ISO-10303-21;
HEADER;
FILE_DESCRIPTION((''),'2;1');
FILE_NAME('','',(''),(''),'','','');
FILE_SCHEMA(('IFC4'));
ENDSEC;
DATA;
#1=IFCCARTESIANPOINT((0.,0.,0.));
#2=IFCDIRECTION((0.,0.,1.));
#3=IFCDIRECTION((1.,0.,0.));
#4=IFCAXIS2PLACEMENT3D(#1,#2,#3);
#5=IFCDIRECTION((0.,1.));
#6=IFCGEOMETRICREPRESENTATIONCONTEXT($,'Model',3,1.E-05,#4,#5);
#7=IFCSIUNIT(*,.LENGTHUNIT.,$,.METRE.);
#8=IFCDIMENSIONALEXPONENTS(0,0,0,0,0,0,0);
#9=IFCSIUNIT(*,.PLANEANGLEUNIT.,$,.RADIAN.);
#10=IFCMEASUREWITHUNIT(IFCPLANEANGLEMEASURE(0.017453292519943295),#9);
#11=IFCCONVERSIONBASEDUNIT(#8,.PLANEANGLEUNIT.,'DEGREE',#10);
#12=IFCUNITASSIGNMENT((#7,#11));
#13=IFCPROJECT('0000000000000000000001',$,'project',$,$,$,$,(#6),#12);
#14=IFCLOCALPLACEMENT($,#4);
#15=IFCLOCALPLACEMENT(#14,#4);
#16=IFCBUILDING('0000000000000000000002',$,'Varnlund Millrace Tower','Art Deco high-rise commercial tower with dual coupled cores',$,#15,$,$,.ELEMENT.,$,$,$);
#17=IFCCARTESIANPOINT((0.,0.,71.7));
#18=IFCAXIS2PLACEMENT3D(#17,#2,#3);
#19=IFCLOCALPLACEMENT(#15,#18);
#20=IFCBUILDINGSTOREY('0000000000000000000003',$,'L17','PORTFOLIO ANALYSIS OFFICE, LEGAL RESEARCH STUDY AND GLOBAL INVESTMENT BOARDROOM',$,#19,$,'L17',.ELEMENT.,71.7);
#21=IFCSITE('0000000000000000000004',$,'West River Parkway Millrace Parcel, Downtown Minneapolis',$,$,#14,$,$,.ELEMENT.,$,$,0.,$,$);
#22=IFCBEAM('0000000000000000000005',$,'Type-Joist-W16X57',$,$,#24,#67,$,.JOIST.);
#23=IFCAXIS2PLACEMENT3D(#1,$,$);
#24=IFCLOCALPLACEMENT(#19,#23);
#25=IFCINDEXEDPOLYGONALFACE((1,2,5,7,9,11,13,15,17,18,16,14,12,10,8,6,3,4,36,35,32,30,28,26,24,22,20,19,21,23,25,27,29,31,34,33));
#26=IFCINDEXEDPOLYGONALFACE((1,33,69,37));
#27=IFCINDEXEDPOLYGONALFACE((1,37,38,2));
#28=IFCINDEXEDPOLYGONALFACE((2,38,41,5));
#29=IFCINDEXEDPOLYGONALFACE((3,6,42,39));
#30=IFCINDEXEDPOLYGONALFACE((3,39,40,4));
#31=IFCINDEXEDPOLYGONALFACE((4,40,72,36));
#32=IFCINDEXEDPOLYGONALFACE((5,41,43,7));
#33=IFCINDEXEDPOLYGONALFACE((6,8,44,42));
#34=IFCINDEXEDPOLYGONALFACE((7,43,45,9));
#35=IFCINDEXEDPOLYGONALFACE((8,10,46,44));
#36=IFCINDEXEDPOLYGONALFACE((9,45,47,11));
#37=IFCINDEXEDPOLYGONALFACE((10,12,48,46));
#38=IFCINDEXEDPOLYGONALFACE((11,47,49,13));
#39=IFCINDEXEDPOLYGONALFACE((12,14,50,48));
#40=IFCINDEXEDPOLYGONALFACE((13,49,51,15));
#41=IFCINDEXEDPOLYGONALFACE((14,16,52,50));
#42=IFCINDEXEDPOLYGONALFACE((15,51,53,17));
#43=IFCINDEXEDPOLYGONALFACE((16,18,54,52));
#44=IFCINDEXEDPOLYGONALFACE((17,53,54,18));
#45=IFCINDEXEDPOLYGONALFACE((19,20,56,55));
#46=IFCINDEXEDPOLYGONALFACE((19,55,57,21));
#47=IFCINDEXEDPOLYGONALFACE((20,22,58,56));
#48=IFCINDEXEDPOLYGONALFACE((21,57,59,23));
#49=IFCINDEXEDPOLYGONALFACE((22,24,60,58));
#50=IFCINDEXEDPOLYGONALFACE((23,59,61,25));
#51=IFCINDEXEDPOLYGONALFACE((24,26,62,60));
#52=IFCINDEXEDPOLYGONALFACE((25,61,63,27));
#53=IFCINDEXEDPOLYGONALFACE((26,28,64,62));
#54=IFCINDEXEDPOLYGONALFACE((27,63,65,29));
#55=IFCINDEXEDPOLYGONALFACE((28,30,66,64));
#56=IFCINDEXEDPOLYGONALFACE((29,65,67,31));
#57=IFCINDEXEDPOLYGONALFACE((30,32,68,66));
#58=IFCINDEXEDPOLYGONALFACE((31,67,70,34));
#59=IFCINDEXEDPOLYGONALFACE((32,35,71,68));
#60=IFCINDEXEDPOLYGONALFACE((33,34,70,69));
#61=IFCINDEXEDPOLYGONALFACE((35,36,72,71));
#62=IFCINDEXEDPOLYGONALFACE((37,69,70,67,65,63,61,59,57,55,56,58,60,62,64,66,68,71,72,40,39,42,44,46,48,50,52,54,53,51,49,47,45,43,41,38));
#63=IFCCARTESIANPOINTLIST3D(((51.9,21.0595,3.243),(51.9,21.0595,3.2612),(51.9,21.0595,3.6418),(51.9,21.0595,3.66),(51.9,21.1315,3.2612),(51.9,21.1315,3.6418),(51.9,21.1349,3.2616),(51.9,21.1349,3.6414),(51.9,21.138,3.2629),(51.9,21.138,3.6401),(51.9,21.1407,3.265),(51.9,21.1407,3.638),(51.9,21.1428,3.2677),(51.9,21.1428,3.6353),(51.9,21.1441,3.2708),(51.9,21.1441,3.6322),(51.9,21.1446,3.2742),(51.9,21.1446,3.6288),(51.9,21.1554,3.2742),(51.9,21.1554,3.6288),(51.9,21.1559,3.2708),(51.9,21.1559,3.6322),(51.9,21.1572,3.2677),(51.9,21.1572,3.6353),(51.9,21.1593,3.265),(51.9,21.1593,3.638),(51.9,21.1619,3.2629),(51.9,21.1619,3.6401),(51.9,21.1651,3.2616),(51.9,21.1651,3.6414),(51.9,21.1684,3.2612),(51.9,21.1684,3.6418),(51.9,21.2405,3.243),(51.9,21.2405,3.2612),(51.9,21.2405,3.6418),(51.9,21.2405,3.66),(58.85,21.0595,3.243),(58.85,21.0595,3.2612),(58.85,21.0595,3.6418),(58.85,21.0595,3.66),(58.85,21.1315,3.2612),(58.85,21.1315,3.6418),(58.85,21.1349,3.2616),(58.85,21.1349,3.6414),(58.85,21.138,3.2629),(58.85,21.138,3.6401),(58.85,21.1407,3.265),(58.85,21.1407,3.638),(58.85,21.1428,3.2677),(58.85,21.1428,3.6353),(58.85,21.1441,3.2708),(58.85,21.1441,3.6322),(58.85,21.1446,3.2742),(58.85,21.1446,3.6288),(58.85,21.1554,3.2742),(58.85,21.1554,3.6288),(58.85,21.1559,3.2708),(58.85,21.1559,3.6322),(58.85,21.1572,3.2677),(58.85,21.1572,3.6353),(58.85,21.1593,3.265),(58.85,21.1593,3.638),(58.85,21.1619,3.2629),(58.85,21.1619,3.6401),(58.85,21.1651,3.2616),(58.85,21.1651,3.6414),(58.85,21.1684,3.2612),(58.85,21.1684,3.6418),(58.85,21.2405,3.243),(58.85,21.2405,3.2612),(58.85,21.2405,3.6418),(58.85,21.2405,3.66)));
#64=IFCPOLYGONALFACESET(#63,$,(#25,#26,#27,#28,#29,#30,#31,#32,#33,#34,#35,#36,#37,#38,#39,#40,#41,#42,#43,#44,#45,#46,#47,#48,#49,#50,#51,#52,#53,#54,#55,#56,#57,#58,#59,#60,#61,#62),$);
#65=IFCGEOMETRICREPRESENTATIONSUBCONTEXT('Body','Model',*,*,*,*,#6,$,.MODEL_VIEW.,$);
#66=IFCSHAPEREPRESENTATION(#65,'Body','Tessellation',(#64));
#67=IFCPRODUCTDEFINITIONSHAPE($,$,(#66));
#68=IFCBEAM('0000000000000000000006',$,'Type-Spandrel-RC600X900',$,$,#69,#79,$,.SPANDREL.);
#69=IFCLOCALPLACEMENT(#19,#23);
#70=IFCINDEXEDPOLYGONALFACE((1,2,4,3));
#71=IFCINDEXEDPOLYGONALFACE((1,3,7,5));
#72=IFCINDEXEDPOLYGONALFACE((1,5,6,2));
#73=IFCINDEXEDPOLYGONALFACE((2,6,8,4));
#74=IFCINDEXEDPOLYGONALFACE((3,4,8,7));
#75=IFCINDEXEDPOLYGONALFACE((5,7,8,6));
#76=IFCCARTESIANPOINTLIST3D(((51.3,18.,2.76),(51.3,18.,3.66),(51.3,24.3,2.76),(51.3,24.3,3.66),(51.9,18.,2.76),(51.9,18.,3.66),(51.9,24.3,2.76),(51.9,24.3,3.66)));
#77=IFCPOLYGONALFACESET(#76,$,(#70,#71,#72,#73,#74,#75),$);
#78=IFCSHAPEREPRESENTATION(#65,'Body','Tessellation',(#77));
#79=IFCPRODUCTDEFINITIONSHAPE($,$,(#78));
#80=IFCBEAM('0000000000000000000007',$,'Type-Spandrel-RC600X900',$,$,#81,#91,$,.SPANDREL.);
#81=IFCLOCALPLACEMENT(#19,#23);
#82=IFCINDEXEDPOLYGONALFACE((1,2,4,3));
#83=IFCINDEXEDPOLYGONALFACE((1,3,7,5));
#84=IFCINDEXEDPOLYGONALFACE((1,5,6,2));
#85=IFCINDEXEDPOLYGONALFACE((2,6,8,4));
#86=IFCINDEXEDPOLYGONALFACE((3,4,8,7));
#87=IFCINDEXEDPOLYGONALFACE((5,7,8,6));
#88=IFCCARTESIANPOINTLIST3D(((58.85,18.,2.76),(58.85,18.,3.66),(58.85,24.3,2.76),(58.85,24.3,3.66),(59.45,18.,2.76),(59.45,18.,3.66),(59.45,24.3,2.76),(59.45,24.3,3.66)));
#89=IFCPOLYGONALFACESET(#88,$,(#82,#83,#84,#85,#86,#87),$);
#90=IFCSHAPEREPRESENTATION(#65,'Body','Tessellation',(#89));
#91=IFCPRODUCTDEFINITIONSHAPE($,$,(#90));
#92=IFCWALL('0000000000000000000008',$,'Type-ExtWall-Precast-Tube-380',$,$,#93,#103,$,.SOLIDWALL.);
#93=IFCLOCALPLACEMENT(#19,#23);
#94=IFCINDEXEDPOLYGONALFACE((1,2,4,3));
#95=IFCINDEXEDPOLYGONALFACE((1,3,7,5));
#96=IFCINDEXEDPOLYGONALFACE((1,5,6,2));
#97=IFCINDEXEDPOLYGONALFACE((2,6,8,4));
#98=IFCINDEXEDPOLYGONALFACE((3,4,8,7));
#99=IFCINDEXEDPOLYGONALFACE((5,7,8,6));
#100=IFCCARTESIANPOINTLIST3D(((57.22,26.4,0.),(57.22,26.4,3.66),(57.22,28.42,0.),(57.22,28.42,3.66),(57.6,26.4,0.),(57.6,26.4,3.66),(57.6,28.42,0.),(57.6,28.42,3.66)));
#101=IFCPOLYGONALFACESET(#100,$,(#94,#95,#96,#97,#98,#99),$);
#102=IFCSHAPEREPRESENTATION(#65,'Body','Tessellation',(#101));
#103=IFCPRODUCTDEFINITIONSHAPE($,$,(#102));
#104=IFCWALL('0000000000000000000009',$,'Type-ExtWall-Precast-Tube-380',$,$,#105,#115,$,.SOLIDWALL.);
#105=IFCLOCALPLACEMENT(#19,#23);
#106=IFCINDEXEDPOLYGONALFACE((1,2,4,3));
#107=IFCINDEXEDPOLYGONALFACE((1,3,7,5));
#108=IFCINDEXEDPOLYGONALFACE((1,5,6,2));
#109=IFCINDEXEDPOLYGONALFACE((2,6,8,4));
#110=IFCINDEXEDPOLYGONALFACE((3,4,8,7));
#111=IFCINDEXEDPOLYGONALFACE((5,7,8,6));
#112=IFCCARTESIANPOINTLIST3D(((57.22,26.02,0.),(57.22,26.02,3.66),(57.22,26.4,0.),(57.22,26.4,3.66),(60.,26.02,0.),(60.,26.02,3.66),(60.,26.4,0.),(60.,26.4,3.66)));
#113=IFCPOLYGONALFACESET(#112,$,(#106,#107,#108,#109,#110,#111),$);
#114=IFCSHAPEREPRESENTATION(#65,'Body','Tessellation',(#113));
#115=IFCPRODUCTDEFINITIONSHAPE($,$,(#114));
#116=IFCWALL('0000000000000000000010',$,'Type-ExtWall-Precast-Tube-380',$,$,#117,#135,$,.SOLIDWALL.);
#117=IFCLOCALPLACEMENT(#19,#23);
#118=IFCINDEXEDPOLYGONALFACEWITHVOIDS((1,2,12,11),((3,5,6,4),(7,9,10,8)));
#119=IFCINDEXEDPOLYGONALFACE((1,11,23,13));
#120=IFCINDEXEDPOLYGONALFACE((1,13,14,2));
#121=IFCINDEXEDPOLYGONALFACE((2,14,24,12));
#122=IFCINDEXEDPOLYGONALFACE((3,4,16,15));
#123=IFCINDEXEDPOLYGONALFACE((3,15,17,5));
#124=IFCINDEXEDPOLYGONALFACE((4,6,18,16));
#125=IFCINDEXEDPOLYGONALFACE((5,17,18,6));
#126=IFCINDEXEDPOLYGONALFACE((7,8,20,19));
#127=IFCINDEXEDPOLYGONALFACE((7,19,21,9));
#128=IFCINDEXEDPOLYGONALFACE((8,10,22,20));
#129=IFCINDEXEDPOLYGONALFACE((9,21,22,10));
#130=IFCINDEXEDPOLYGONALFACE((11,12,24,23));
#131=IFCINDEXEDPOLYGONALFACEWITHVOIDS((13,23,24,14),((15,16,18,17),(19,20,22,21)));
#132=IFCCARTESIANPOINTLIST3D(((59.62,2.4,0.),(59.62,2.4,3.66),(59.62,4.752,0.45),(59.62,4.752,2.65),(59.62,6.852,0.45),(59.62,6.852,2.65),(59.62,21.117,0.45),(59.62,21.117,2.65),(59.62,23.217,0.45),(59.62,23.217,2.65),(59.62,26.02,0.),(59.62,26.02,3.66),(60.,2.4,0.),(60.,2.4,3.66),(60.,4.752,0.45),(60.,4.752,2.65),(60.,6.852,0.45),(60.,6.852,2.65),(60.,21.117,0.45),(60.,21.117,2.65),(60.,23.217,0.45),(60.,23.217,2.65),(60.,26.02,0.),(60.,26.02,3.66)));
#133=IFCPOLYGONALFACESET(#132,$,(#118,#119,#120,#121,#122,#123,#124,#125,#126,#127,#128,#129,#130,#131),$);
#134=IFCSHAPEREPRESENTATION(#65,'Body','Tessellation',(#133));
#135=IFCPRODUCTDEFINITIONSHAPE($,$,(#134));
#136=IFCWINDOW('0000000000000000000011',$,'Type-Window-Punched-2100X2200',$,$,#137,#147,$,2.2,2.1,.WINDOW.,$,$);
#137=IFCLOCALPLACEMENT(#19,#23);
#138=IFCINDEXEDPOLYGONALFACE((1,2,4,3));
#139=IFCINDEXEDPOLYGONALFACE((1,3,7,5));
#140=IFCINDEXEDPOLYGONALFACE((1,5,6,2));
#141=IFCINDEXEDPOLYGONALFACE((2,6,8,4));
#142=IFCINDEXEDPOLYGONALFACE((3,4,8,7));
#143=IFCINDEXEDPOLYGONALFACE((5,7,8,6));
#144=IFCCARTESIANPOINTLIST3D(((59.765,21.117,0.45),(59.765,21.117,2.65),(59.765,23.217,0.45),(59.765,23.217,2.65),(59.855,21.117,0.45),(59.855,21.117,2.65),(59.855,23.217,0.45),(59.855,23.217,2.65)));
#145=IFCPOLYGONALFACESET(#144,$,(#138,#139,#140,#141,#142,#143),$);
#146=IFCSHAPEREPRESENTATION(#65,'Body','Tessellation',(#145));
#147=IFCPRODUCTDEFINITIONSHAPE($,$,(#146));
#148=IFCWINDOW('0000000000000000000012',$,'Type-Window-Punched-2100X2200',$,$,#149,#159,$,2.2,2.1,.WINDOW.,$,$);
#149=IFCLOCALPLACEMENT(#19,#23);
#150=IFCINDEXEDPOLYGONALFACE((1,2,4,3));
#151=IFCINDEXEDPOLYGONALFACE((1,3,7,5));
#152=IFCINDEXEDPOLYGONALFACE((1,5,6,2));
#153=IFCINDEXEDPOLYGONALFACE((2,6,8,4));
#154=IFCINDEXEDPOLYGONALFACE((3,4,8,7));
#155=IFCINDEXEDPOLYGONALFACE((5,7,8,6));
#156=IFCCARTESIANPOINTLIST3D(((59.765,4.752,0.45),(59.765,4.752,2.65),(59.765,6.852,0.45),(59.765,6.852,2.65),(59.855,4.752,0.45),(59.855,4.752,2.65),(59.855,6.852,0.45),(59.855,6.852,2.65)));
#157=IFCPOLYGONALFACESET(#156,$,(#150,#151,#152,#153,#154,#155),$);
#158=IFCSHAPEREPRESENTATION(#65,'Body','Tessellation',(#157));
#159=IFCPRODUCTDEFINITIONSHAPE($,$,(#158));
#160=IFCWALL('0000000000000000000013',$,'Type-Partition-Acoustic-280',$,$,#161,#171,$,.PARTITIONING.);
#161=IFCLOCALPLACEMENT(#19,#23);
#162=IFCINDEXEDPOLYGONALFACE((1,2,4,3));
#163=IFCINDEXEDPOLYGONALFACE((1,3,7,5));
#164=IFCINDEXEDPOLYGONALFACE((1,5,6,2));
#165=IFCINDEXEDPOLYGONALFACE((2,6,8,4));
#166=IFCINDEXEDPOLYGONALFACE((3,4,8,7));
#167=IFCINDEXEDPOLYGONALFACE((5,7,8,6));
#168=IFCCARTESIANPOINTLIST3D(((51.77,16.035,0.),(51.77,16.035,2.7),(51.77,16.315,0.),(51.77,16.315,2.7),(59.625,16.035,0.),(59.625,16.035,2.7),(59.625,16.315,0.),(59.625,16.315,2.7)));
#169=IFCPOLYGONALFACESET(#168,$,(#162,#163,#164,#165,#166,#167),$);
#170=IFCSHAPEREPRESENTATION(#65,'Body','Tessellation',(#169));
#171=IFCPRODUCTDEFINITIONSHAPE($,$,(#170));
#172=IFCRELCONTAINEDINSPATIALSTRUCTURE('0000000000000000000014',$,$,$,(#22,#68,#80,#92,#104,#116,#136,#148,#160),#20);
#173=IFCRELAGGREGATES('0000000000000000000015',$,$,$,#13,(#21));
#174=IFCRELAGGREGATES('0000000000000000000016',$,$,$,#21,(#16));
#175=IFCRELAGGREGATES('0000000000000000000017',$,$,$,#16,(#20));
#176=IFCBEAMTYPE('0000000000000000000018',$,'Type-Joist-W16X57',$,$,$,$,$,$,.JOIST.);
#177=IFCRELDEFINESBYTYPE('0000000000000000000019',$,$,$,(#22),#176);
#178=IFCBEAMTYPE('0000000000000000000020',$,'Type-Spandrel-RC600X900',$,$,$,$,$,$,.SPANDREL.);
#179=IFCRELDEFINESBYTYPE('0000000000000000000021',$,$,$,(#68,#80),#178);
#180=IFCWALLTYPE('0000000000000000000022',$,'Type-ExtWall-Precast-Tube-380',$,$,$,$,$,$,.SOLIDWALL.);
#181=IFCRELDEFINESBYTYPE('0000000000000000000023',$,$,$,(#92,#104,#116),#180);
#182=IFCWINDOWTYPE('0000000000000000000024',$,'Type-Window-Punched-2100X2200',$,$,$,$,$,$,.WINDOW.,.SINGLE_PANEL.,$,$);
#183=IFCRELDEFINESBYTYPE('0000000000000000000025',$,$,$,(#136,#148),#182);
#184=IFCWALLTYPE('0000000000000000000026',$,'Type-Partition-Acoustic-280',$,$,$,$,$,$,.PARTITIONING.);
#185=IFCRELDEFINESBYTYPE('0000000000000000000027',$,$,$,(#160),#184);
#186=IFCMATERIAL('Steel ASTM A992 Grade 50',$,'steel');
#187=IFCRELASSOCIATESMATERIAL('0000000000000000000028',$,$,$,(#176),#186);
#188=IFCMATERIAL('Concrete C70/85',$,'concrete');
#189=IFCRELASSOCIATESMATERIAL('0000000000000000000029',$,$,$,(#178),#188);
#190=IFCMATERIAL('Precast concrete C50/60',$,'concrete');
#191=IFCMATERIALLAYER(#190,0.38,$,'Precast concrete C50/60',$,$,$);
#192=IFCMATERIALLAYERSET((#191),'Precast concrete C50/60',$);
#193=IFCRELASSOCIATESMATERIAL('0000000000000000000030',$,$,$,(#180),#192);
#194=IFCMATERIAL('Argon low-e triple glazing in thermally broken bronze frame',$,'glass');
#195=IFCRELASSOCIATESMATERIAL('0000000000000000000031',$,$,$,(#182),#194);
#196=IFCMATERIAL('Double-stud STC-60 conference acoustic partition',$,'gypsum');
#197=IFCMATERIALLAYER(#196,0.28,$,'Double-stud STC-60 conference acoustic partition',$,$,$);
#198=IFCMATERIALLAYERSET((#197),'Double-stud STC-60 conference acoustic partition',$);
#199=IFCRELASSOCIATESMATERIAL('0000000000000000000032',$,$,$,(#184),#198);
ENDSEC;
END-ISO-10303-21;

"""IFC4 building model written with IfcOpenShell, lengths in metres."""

from ifc_helpers import new_model, entity, si_unit, converted_unit, direction, frame, origin_with_axes, origin_2d_with_axis, place, context, subcontext, project, spatial, polyline, rectangle, i_section, outline, extrude, material, layer, layer_set, material_profile, profile_set, type_object, element, fill, save


model = new_model("IFC4")

# Units and contexts
model_context = context("Model", 3, precision=1e-05, world=origin_with_axes(), true_north=direction((0.0, 1.0)))
body_context = subcontext(model_context, "Body", "Model", "MODEL_VIEW")
ifc_project = project(units=[si_unit("LENGTHUNIT", "METRE"), converted_unit("PLANEANGLEUNIT", "DEGREE", entity("IfcPlaneAngleMeasure", 0.017453292519943295), si_unit("PLANEANGLEUNIT", "RADIAN"), dimensions=[0, 0, 0, 0, 0, 0, 0])], contexts=[model_context])

# Site, building, storey
site_placement = place(None, origin_with_axes())
site = spatial("IfcSite", under=ifc_project, at=site_placement, Name="West River Parkway Millrace Parcel, Downtown Minneapolis", CompositionType="ELEMENT", RefElevation=0.0)
building_placement = place(site_placement, origin_with_axes())
building = spatial("IfcBuilding", under=site, at=building_placement, Name="Varnlund Millrace Tower", Description="Art Deco high-rise commercial tower with dual coupled cores", CompositionType="ELEMENT")
storey_placement = place(building_placement, frame((0.0, 0.0, 71.7), z_axis=(0.0, 0.0, 1.0), x_axis=(1.0, 0.0, 0.0)))
storey = spatial("IfcBuildingStorey", under=building, at=storey_placement, Name="L17", Description="PORTFOLIO ANALYSIS OFFICE, LEGAL RESEARCH STUDY AND GLOBAL INVESTMENT BOARDROOM", LongName="L17", CompositionType="ELEMENT", Elevation=71.7)

# Beams
ifc_material_1 = material(Name="Steel ASTM A992 Grade 50", Category="steel")
ifc_material_profile_1 = material_profile(ifc_material_1, i_section(OverallWidth=0.181, OverallDepth=0.417, WebThickness=0.0109, FlangeThickness=0.0182, FilletRadius=0.013, at=origin_2d_with_axis()), Name="Steel ASTM A992 Grade 50")
ifc_profile_set_1 = profile_set([ifc_material_profile_1], Name="Steel ASTM A992 Grade 50")
beam_type_1 = type_object("IfcBeamType", Name="Type-Joist-W16X57", PredefinedType="JOIST", material=ifc_profile_set_1)
for number, where, z_axis, x_axis, name in (
    (1, (51.9, 21.15, 3.4515), (1.0, 0.0, 0.0), (0.0, 1.0, 0.0), "Type-Joist-W16X57"),
):
    element("IfcBeam", number, at=place(storey_placement, frame(where, z_axis=z_axis, x_axis=x_axis)), inside=storey, type_object=beam_type_1, Name=name, PredefinedType="JOIST", context=body_context, shape_type="SweptSolid", body=[
        extrude(i_section(OverallWidth=0.181, OverallDepth=0.417, WebThickness=0.0109, FlangeThickness=0.0182, FilletRadius=0.013, at=origin_2d_with_axis()), origin_with_axes(), (0.0, 0.0, 1.0), 6.95),
    ])
ifc_material_2 = material(Name="Concrete C70/85", Category="concrete")
ifc_material_profile_2 = material_profile(ifc_material_2, rectangle(XDim=0.6, YDim=0.9, at=origin_2d_with_axis()), Name="Concrete C70/85")
ifc_profile_set_2 = profile_set([ifc_material_profile_2], Name="Concrete C70/85")
beam_type_2 = type_object("IfcBeamType", Name="Type-Spandrel-RC600X900", PredefinedType="SPANDREL", material=ifc_profile_set_2)
for number, where, z_axis, x_axis, name in (
    (2, (51.6, 18.0, 3.21), (0.0, 1.0, 0.0), (-1.0, 0.0, 0.0), "Type-Spandrel-RC600X900"),
    (3, (59.15, 18.0, 3.21), (0.0, 1.0, 0.0), (-1.0, 0.0, 0.0), "Type-Spandrel-RC600X900"),
):
    element("IfcBeam", number, at=place(storey_placement, frame(where, z_axis=z_axis, x_axis=x_axis)), inside=storey, type_object=beam_type_2, Name=name, PredefinedType="SPANDREL", context=body_context, shape_type="SweptSolid", body=[
        extrude(rectangle(XDim=0.6, YDim=0.9, at=origin_2d_with_axis()), origin_with_axes(), (0.0, 0.0, 1.0), 6.3),
    ])

# Walls
ifc_material_3 = material(Name="Precast concrete C50/60", Category="concrete")
ifc_layer_1 = layer(ifc_material_3, 0.38, Name="Precast concrete C50/60")
ifc_layer_set_1 = layer_set([ifc_layer_1], Name="Precast concrete C50/60")
wall_type_1 = type_object("IfcWallType", Name="Type-ExtWall-Precast-Tube-380", PredefinedType="SOLIDWALL", material=ifc_layer_set_1)
wall_1_placement = place(storey_placement, frame((57.41, 28.42, 0.0), z_axis=(0.0, 0.0, 1.0), x_axis=(0.0, -1.0, 0.0)))
element("IfcWall", 4, at=wall_1_placement, inside=storey, type_object=wall_type_1, Name="Type-ExtWall-Precast-Tube-380", PredefinedType="SOLIDWALL", context=body_context, shape_type="SweptSolid", body=[
    extrude(outline(polyline([(0.0, -0.19), (2.02, -0.19), (2.02, 0.19), (0.0, 0.19), (0.0, -0.19)])), origin_with_axes(), (0.0, 0.0, 1.0), 3.66),
])
wall_2_placement = place(storey_placement, frame((57.22, 26.21, 0.0), z_axis=(0.0, 0.0, 1.0), x_axis=(1.0, 0.0, 0.0)))
element("IfcWall", 5, at=wall_2_placement, inside=storey, type_object=wall_type_1, Name="Type-ExtWall-Precast-Tube-380", PredefinedType="SOLIDWALL", context=body_context, shape_type="SweptSolid", body=[
    extrude(outline(polyline([(0.0, -0.19), (2.78, -0.19), (2.78, 0.19), (0.0, 0.19), (0.0, -0.19)])), origin_with_axes(), (0.0, 0.0, 1.0), 3.66),
])

# Wall, openings, windows
wall_3_placement = place(storey_placement, frame((59.81, 26.02, 0.0), z_axis=(0.0, 0.0, 1.0), x_axis=(0.0, -1.0, 0.0)))
wall_3 = element("IfcWall", 6, at=wall_3_placement, inside=storey, type_object=wall_type_1, Name="Type-ExtWall-Precast-Tube-380", PredefinedType="SOLIDWALL", context=body_context, shape_type="SweptSolid", body=[
    extrude(outline(polyline([(0.0, -0.19), (23.62, -0.19), (23.62, 0.19), (0.0, 0.19), (0.0, -0.19)])), origin_with_axes(), (0.0, 0.0, 1.0), 3.66),
])
opening_1_placement = place(wall_3_placement, frame((3.853, 0.0, 0.45), z_axis=(0.0, 0.0, 1.0), x_axis=(1.0, 0.0, 0.0)))
opening_1 = element("IfcOpeningElement", 7, at=opening_1_placement, cuts=wall_3, PredefinedType="OPENING", context=body_context, shape_type="SweptSolid", body=[
    extrude(rectangle(XDim=2.1, YDim=0.4, at=origin_2d_with_axis()), origin_with_axes(), (0.0, 0.0, 1.0), 2.2),
])
opening_2_placement = place(wall_3_placement, frame((20.218, 0.0, 0.45), z_axis=(0.0, 0.0, 1.0), x_axis=(1.0, 0.0, 0.0)))
opening_2 = element("IfcOpeningElement", 8, at=opening_2_placement, cuts=wall_3, PredefinedType="OPENING", context=body_context, shape_type="SweptSolid", body=[
    extrude(rectangle(XDim=2.1, YDim=0.4, at=origin_2d_with_axis()), origin_with_axes(), (0.0, 0.0, 1.0), 2.2),
])
ifc_material_4 = material(Name="Argon low-e triple glazing in thermally broken bronze frame", Category="glass")
window_type = type_object("IfcWindowType", Name="Type-Window-Punched-2100X2200", PartitioningType="SINGLE_PANEL", PredefinedType="WINDOW", material=ifc_material_4)
window_1_placement = place(wall_3_placement, frame((3.853, 0.0, 0.45), z_axis=(0.0, 0.0, 1.0), x_axis=(1.0, 0.0, 0.0)))
window_1 = element("IfcWindow", 9, at=window_1_placement, inside=storey, type_object=window_type, Name="Type-Window-Punched-2100X2200", OverallHeight=2.2, OverallWidth=2.1, PredefinedType="WINDOW", context=body_context, shape_type="SweptSolid", body=[
    extrude(rectangle(XDim=2.1, YDim=0.09, at=origin_2d_with_axis()), origin_with_axes(), (0.0, 0.0, 1.0), 2.2),
])
fill(opening_1, window_1)
window_2_placement = place(wall_3_placement, frame((20.218, 0.0, 0.45), z_axis=(0.0, 0.0, 1.0), x_axis=(1.0, 0.0, 0.0)))
window_2 = element("IfcWindow", 10, at=window_2_placement, inside=storey, type_object=window_type, Name="Type-Window-Punched-2100X2200", OverallHeight=2.2, OverallWidth=2.1, PredefinedType="WINDOW", context=body_context, shape_type="SweptSolid", body=[
    extrude(rectangle(XDim=2.1, YDim=0.09, at=origin_2d_with_axis()), origin_with_axes(), (0.0, 0.0, 1.0), 2.2),
])
fill(opening_2, window_2)

# Wall
ifc_material_5 = material(Name="Double-stud STC-60 conference acoustic partition", Category="gypsum")
ifc_layer_2 = layer(ifc_material_5, 0.28, Name="Double-stud STC-60 conference acoustic partition")
ifc_layer_set_2 = layer_set([ifc_layer_2], Name="Double-stud STC-60 conference acoustic partition")
wall_type_2 = type_object("IfcWallType", Name="Type-Partition-Acoustic-280", PredefinedType="PARTITIONING", material=ifc_layer_set_2)
wall_4_placement = place(storey_placement, frame((51.77, 16.175, 0.0), z_axis=(0.0, 0.0, 1.0), x_axis=(1.0, 0.0, 0.0)))
element("IfcWall", 11, at=wall_4_placement, inside=storey, type_object=wall_type_2, Name="Type-Partition-Acoustic-280", PredefinedType="PARTITIONING", context=body_context, shape_type="SweptSolid", body=[
    extrude(outline(polyline([(0.0, -0.14), (7.855, -0.14), (7.855, 0.14), (0.0, 0.14), (0.0, -0.14)])), origin_with_axes(), (0.0, 0.0, 1.0), 2.7),
])

save(model, "model.ifc")
